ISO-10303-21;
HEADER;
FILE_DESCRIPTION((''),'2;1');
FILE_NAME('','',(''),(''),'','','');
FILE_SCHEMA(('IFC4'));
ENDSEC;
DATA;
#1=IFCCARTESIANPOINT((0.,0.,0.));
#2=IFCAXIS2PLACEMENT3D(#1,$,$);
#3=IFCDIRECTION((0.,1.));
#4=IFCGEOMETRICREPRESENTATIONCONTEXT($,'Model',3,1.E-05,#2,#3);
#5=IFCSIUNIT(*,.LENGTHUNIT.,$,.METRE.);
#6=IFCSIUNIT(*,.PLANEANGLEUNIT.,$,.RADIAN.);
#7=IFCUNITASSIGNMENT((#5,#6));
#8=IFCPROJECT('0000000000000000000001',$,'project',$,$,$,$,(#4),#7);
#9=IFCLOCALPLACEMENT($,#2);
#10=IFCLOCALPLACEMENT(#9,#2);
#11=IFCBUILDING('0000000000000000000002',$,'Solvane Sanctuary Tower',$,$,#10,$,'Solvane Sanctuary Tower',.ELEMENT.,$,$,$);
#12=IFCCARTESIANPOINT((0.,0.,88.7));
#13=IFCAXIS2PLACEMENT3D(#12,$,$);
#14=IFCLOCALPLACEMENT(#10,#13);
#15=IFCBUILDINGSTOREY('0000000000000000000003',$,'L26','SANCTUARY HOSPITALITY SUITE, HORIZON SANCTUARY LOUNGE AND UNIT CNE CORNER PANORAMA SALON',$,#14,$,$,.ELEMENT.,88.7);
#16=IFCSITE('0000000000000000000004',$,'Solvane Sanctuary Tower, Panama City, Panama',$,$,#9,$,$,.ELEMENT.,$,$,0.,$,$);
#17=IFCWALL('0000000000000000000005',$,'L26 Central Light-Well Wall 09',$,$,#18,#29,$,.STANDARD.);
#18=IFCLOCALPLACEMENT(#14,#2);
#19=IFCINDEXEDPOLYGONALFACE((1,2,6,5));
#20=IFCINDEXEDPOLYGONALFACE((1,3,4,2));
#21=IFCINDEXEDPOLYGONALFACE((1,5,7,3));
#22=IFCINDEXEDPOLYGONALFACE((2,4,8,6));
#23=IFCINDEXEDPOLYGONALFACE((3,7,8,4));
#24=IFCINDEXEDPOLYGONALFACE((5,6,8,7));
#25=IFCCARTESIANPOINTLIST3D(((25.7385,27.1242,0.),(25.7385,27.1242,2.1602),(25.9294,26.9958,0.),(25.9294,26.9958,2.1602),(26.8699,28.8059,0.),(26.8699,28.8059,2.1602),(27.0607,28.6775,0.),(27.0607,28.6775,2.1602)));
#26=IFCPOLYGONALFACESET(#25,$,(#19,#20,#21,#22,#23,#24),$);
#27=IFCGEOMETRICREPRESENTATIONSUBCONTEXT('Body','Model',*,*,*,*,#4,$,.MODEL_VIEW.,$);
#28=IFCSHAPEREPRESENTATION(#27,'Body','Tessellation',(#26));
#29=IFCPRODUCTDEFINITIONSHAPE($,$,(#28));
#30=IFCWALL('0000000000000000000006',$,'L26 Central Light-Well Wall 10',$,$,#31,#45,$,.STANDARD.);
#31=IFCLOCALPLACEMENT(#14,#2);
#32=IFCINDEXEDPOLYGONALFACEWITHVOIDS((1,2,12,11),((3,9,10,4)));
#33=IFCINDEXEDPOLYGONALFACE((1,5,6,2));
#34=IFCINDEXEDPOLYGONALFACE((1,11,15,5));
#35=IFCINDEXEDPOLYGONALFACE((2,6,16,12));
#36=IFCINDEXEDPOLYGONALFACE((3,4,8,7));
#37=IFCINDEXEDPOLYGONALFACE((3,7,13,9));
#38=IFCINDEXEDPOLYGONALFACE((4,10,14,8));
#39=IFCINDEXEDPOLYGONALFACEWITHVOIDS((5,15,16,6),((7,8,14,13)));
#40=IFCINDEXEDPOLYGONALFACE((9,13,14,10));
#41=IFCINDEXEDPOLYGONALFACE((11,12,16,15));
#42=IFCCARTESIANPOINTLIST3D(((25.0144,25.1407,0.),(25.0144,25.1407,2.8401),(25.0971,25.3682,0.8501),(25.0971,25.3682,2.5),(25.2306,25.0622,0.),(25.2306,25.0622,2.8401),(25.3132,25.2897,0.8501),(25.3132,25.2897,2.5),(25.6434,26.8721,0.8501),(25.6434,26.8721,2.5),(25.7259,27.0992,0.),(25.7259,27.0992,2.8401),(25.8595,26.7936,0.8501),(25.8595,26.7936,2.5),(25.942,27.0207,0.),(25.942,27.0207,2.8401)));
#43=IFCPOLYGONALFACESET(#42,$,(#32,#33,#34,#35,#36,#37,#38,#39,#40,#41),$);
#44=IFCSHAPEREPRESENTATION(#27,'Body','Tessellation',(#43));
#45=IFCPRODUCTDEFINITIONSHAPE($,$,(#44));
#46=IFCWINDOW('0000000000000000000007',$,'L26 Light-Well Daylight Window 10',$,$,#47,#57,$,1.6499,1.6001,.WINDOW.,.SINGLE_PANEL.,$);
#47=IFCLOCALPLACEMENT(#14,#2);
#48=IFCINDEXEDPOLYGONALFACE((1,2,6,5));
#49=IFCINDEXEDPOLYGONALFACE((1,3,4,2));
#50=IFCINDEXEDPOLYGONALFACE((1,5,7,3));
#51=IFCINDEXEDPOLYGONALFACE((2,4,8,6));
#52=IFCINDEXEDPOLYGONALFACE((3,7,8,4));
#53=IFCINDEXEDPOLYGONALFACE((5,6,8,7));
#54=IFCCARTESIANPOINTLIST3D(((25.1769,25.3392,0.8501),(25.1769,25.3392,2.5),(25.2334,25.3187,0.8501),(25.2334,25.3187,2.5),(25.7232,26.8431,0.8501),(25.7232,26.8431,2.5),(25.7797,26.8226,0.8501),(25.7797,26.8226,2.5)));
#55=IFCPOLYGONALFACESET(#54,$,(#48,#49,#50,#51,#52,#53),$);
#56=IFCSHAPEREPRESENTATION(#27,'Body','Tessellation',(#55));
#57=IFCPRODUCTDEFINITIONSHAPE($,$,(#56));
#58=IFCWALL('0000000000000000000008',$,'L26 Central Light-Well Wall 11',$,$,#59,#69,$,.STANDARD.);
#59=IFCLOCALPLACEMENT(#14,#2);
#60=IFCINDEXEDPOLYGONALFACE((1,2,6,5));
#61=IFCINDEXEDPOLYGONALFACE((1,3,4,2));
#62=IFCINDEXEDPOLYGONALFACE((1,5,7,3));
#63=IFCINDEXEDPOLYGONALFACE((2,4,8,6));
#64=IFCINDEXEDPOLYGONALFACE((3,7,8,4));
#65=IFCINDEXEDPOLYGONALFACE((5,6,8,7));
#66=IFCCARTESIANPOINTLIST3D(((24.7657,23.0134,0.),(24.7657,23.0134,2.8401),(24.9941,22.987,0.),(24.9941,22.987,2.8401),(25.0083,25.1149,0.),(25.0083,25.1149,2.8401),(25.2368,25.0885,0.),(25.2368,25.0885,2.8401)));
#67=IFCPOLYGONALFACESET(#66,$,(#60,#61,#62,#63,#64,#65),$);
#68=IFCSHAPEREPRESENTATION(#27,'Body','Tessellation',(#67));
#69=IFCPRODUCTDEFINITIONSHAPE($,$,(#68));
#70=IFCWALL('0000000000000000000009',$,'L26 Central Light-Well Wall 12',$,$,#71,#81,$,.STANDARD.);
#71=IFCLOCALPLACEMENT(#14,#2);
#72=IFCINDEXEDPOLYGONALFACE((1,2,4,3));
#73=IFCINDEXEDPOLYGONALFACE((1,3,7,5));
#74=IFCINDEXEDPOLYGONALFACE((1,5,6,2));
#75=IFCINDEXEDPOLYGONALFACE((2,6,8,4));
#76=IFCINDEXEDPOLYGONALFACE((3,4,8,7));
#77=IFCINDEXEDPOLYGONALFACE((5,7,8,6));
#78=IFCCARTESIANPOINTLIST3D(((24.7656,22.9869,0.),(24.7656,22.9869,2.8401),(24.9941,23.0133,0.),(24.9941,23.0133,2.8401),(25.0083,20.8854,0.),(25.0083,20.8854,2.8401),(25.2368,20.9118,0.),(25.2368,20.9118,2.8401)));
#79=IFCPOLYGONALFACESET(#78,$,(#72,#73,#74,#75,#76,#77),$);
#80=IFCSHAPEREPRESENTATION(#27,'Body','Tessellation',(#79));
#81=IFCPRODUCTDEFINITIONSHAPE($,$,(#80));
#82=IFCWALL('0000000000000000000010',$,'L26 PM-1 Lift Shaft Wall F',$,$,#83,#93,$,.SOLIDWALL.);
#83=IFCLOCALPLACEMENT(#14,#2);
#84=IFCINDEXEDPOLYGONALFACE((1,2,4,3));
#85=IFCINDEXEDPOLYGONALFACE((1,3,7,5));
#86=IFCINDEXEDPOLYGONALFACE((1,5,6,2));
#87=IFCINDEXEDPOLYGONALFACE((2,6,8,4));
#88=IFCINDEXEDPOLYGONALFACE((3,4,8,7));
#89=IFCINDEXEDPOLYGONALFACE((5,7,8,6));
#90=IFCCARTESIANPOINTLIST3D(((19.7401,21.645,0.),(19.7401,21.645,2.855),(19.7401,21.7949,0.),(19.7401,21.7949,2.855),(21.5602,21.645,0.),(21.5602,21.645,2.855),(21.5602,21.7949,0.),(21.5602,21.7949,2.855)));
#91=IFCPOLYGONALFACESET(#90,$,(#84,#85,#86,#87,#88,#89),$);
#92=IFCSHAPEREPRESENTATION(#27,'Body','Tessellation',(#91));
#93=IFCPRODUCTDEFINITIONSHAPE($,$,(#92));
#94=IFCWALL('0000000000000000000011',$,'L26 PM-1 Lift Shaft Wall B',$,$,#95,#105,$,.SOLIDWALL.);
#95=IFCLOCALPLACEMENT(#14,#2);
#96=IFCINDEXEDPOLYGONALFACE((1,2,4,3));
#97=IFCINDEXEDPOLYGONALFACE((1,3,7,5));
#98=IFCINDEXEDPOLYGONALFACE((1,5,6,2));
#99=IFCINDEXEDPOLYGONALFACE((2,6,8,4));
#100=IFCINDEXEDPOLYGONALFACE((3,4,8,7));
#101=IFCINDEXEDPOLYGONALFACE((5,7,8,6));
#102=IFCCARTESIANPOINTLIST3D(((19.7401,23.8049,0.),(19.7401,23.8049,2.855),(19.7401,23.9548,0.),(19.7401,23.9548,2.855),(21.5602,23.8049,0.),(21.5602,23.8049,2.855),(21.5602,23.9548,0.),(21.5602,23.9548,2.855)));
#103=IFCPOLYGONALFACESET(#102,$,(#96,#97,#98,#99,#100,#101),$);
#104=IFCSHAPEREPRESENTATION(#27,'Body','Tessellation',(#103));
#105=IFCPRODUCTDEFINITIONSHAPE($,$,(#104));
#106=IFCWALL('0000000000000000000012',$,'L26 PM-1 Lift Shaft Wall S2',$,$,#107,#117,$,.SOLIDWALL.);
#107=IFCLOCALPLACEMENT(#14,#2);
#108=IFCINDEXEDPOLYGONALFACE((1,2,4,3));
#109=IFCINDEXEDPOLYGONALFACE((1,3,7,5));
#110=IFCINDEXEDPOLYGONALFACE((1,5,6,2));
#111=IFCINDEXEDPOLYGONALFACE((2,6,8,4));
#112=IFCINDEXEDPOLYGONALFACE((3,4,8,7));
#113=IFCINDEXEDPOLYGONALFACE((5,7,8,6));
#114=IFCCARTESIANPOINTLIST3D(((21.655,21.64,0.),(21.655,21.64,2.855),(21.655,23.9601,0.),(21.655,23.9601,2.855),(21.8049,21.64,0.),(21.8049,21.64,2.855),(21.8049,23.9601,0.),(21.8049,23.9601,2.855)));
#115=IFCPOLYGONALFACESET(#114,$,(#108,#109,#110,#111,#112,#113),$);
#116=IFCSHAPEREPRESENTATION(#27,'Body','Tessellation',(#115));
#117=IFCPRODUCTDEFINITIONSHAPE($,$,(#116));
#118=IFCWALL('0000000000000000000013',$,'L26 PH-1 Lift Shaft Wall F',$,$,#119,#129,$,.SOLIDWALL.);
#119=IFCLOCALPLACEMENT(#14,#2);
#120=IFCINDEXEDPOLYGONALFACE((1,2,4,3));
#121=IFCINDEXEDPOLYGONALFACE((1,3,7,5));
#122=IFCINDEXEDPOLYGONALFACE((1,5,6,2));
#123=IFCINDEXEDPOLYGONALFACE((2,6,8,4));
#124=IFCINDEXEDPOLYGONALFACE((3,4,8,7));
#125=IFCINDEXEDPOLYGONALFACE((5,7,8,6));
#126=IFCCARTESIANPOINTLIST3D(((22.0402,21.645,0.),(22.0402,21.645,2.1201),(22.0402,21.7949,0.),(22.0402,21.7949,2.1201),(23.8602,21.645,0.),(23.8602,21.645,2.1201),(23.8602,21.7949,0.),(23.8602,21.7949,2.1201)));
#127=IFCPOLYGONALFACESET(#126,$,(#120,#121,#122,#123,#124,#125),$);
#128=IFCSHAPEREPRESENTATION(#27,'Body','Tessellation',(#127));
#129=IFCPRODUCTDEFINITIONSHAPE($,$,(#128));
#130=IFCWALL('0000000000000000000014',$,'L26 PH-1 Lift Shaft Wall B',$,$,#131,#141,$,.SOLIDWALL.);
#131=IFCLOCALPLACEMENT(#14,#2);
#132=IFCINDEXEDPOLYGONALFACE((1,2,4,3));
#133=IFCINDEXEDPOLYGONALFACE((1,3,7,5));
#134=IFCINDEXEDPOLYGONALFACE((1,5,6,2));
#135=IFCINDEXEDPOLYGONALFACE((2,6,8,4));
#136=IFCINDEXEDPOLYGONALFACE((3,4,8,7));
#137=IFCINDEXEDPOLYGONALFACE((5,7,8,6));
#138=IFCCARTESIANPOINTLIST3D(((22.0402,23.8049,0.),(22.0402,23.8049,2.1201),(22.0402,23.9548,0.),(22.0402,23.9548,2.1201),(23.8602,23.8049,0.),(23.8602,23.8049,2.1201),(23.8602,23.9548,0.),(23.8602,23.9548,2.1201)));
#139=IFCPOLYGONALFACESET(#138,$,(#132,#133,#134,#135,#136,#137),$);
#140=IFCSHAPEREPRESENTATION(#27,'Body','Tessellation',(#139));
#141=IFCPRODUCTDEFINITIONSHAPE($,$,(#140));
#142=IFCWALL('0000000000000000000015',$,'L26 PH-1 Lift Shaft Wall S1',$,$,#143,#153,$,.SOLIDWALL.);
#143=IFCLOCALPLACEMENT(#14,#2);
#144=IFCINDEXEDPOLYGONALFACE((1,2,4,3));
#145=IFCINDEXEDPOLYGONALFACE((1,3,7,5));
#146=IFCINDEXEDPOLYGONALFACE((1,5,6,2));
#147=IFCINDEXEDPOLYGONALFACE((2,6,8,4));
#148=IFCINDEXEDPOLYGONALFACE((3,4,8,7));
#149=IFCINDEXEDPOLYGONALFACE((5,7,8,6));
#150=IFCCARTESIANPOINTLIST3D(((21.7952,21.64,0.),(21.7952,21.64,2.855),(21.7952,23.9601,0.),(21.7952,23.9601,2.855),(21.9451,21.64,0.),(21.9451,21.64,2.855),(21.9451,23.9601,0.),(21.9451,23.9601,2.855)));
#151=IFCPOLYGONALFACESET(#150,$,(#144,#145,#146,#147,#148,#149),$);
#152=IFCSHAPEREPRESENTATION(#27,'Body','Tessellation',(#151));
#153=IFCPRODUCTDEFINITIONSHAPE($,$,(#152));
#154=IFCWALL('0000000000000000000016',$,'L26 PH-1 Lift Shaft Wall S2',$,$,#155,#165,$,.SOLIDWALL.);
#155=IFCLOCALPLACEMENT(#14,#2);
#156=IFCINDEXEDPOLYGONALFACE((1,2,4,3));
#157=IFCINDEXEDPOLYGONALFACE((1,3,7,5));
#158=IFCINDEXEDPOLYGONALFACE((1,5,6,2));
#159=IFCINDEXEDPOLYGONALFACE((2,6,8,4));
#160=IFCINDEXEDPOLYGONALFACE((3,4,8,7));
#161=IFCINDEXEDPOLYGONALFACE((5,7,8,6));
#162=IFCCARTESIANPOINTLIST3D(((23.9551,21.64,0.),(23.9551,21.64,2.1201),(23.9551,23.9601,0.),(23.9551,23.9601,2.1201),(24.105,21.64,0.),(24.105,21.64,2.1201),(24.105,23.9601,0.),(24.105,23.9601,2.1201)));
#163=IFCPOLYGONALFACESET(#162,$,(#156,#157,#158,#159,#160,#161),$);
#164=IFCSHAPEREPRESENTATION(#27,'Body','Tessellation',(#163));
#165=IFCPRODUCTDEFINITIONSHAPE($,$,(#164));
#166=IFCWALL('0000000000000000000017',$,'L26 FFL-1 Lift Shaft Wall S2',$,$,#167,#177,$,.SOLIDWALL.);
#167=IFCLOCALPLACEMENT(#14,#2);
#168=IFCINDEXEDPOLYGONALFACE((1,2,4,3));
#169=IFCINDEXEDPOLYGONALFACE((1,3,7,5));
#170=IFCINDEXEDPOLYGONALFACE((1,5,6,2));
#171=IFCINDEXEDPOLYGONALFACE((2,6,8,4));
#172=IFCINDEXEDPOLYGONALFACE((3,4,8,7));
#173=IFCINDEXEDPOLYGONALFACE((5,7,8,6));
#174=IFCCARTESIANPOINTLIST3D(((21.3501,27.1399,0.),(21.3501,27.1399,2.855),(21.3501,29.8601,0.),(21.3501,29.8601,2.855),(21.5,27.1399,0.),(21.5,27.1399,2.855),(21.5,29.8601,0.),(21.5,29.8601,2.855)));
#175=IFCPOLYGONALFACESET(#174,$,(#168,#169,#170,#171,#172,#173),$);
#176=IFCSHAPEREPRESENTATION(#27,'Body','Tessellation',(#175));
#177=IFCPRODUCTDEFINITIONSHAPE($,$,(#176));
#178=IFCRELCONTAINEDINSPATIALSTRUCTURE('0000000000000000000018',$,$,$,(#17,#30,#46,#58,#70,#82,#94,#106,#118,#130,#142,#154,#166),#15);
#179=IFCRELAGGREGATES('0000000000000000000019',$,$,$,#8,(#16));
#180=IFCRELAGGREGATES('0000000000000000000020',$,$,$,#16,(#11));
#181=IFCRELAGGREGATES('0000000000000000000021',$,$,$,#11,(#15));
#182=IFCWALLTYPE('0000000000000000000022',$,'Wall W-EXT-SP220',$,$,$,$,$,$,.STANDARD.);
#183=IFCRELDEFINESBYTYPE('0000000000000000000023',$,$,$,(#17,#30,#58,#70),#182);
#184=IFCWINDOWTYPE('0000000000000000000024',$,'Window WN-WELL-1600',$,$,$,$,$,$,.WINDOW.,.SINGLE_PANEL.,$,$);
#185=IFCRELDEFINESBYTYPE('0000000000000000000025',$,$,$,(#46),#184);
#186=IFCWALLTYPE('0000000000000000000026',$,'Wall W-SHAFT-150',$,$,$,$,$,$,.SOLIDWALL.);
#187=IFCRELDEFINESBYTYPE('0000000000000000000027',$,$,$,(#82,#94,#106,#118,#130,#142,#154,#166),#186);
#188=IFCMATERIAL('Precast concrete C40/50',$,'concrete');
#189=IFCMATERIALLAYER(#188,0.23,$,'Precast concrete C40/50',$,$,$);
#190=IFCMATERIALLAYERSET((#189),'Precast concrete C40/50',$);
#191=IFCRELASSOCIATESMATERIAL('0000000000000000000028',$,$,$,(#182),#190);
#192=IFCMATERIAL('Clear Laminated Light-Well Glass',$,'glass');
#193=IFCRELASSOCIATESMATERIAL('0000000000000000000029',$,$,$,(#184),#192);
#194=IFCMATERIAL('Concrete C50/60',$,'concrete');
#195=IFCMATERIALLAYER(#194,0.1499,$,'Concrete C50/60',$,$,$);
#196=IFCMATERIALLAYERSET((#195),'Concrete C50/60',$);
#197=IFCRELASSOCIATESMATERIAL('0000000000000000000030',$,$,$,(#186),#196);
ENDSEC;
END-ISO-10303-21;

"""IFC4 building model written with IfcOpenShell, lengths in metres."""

from ifc_helpers import new_model, si_unit, direction, frame, frame_2d, origin, place, context, subcontext, project, spatial, rectangle, extrude, material, layer, layer_set, type_object, element, fill, save


model = new_model("IFC4")

# Units and contexts
model_context = context("Model", 3, precision=1e-05, world=origin(), true_north=direction((0.0, 1.0)))
body_context = subcontext(model_context, "Body", "Model", "MODEL_VIEW")
ifc_project = project(units=[si_unit("LENGTHUNIT", "METRE"), si_unit("PLANEANGLEUNIT", "RADIAN")], contexts=[model_context])

# Site, building, storey
site_placement = place(None, origin())
site = spatial("IfcSite", under=ifc_project, at=site_placement, Name="Solvane Sanctuary Tower, Panama City, Panama", CompositionType="ELEMENT", RefElevation=0.0)
building_placement = place(site_placement, origin())
building = spatial("IfcBuilding", under=site, at=building_placement, Name="Solvane Sanctuary Tower", LongName="Solvane Sanctuary Tower", CompositionType="ELEMENT")
storey_placement = place(building_placement, frame((0.0, 0.0, 88.7)))
storey = spatial("IfcBuildingStorey", under=building, at=storey_placement, Name="L26", Description="SANCTUARY HOSPITALITY SUITE, HORIZON SANCTUARY LOUNGE AND UNIT CNE CORNER PANORAMA SALON", CompositionType="ELEMENT", Elevation=88.7)

# Wall
ifc_material_1 = material(Name="Precast concrete C40/50", Category="concrete")
ifc_layer_1 = layer(ifc_material_1, 0.23, Name="Precast concrete C40/50")
ifc_layer_set_1 = layer_set([ifc_layer_1], Name="Precast concrete C40/50")
wall_type_1 = type_object("IfcWallType", Name="Wall W-EXT-SP220", PredefinedType="STANDARD", material=ifc_layer_set_1)
wall_1_placement = place(storey_placement, frame((26.9653, 28.7417, 0.0), z_axis=(0.0, 0.0, 1.0), x_axis=(-0.558198, -0.829708, 0.0)))
element("IfcWall", 1, at=wall_1_placement, inside=storey, type_object=wall_type_1, Name="L26 Central Light-Well Wall 09", PredefinedType="STANDARD", context=body_context, shape_type="SweptSolid", body=[
    extrude(rectangle(XDim=2.0269, YDim=0.23, at=frame_2d((1.0134, 0.0))), origin(), (0.0, 0.0, 1.0), 2.1602),
])

# Wall, opening, window
wall_2_placement = place(storey_placement, frame((25.834, 27.0601, 0.0), z_axis=(0.0, 0.0, 1.0), x_axis=(-0.341423, -0.93991, 0.0)))
wall_2 = element("IfcWall", 2, at=wall_2_placement, inside=storey, type_object=wall_type_1, Name="L26 Central Light-Well Wall 10", PredefinedType="STANDARD", context=body_context, shape_type="SweptSolid", body=[
    extrude(rectangle(XDim=2.0837, YDim=0.23, at=frame_2d((1.042, 0.0))), origin(), (0.0, 0.0, 1.0), 2.8401),
])
opening_1_placement = place(wall_2_placement, frame((0.2417, 0.0, 0.8501)))
opening_1 = element("IfcOpeningElement", 3, at=opening_1_placement, cuts=wall_2, PredefinedType="OPENING", context=body_context, shape_type="SweptSolid", body=[
    extrude(rectangle(XDim=1.6001, YDim=1.6499, at=frame_2d((0.8, 0.825))), frame((0.0, 0.125, 0.0), z_axis=(0.0, -1.0, 0.0), x_axis=(1.0, 0.0, 0.0)), (0.0, 0.0, 1.0), 0.25),
])
ifc_material_2 = material(Name="Clear Laminated Light-Well Glass", Category="glass")
window_type = type_object("IfcWindowType", Name="Window WN-WELL-1600", PartitioningType="SINGLE_PANEL", PredefinedType="WINDOW", material=ifc_material_2)
window_placement = place(opening_1_placement, origin())
window = element("IfcWindow", 4, at=window_placement, inside=storey, type_object=window_type, Name="L26 Light-Well Daylight Window 10", OverallHeight=1.6499, OverallWidth=1.6001, PartitioningType="SINGLE_PANEL", PredefinedType="WINDOW", context=body_context, shape_type="SweptSolid", body=[
    extrude(rectangle(XDim=1.6001, YDim=1.6499, at=frame_2d((0.8, 0.825))), frame((0.0, 0.03, 0.0), z_axis=(0.0, -1.0, 0.0), x_axis=(1.0, 0.0, 0.0)), (0.0, 0.0, 1.0), 0.0601),
])
fill(opening_1, window)

# Walls
for number, where, z_axis, x_axis, name in (
    (5, (25.1226, 25.1016, 0.0), (0.0, 0.0, 1.0), (-0.114712, -0.993399, 0.0), "L26 Central Light-Well Wall 11"),
    (6, (24.8799, 23.0, 0.0), (0.0, 0.0, 1.0), (0.114712, -0.993399, 0.0), "L26 Central Light-Well Wall 12"),
):
    element("IfcWall", number, at=place(storey_placement, frame(where, z_axis=z_axis, x_axis=x_axis)), inside=storey, type_object=wall_type_1, Name=name, PredefinedType="STANDARD", context=body_context, shape_type="SweptSolid", body=[
        extrude(rectangle(XDim=2.1155, YDim=0.23, at=frame_2d((1.0576, 0.0))), origin(), (0.0, 0.0, 1.0), 2.8401),
    ])
ifc_material_3 = material(Name="Concrete C50/60", Category="concrete")
ifc_layer_2 = layer(ifc_material_3, 0.1499, Name="Concrete C50/60")
ifc_layer_set_2 = layer_set([ifc_layer_2], Name="Concrete C50/60")
wall_type_2 = type_object("IfcWallType", Name="Wall W-SHAFT-150", PredefinedType="SOLIDWALL", material=ifc_layer_set_2)
for number, where, z_axis, x_axis, name in (
    (7, (19.74, 21.72, 0.0), (0.0, 0.0, 1.0), (1.0, 0.0, 0.0), "L26 PM-1 Lift Shaft Wall F"),
    (8, (19.74, 23.8799, 0.0), (0.0, 0.0, 1.0), (1.0, 0.0, 0.0), "L26 PM-1 Lift Shaft Wall B"),
):
    element("IfcWall", number, at=place(storey_placement, frame(where, z_axis=z_axis, x_axis=x_axis)), inside=storey, type_object=wall_type_2, Name=name, PredefinedType="SOLIDWALL", context=body_context, shape_type="SweptSolid", body=[
        extrude(rectangle(XDim=1.8201, YDim=0.1499, at=frame_2d((0.9102, 0.0))), origin(), (0.0, 0.0, 1.0), 2.855),
    ])
wall_3_placement = place(storey_placement, frame((21.73, 21.6399, 0.0), z_axis=(0.0, 0.0, 1.0), x_axis=(0.0, 1.0, 0.0)))
element("IfcWall", 9, at=wall_3_placement, inside=storey, type_object=wall_type_2, Name="L26 PM-1 Lift Shaft Wall S2", PredefinedType="SOLIDWALL", context=body_context, shape_type="SweptSolid", body=[
    extrude(rectangle(XDim=2.3201, YDim=0.1499, at=frame_2d((1.1602, 0.0))), origin(), (0.0, 0.0, 1.0), 2.855),
])
for number, where, z_axis, x_axis, name in (
    (10, (22.04, 21.72, 0.0), (0.0, 0.0, 1.0), (1.0, 0.0, 0.0), "L26 PH-1 Lift Shaft Wall F"),
    (11, (22.04, 23.8799, 0.0), (0.0, 0.0, 1.0), (1.0, 0.0, 0.0), "L26 PH-1 Lift Shaft Wall B"),
):
    element("IfcWall", number, at=place(storey_placement, frame(where, z_axis=z_axis, x_axis=x_axis)), inside=storey, type_object=wall_type_2, Name=name, PredefinedType="SOLIDWALL", context=body_context, shape_type="SweptSolid", body=[
        extrude(rectangle(XDim=1.8201, YDim=0.1499, at=frame_2d((0.9102, 0.0))), origin(), (0.0, 0.0, 1.0), 2.1201),
    ])
wall_4_placement = place(storey_placement, frame((21.8701, 21.6399, 0.0), z_axis=(0.0, 0.0, 1.0), x_axis=(0.0, 1.0, 0.0)))
element("IfcWall", 12, at=wall_4_placement, inside=storey, type_object=wall_type_2, Name="L26 PH-1 Lift Shaft Wall S1", PredefinedType="SOLIDWALL", context=body_context, shape_type="SweptSolid", body=[
    extrude(rectangle(XDim=2.3201, YDim=0.1499, at=frame_2d((1.1602, 0.0))), origin(), (0.0, 0.0, 1.0), 2.855),
])
wall_5_placement = place(storey_placement, frame((24.03, 21.6399, 0.0), z_axis=(0.0, 0.0, 1.0), x_axis=(0.0, 1.0, 0.0)))
element("IfcWall", 13, at=wall_5_placement, inside=storey, type_object=wall_type_2, Name="L26 PH-1 Lift Shaft Wall S2", PredefinedType="SOLIDWALL", context=body_context, shape_type="SweptSolid", body=[
    extrude(rectangle(XDim=2.3201, YDim=0.1499, at=frame_2d((1.1602, 0.0))), origin(), (0.0, 0.0, 1.0), 2.1201),
])
wall_6_placement = place(storey_placement, frame((21.425, 27.1399, 0.0), z_axis=(0.0, 0.0, 1.0), x_axis=(0.0, 1.0, 0.0)))
element("IfcWall", 14, at=wall_6_placement, inside=storey, type_object=wall_type_2, Name="L26 FFL-1 Lift Shaft Wall S2", PredefinedType="SOLIDWALL", context=body_context, shape_type="SweptSolid", body=[
    extrude(rectangle(XDim=2.7202, YDim=0.1499, at=frame_2d((1.3601, 0.0))), origin(), (0.0, 0.0, 1.0), 2.855),
])

save(model, "model.ifc")
